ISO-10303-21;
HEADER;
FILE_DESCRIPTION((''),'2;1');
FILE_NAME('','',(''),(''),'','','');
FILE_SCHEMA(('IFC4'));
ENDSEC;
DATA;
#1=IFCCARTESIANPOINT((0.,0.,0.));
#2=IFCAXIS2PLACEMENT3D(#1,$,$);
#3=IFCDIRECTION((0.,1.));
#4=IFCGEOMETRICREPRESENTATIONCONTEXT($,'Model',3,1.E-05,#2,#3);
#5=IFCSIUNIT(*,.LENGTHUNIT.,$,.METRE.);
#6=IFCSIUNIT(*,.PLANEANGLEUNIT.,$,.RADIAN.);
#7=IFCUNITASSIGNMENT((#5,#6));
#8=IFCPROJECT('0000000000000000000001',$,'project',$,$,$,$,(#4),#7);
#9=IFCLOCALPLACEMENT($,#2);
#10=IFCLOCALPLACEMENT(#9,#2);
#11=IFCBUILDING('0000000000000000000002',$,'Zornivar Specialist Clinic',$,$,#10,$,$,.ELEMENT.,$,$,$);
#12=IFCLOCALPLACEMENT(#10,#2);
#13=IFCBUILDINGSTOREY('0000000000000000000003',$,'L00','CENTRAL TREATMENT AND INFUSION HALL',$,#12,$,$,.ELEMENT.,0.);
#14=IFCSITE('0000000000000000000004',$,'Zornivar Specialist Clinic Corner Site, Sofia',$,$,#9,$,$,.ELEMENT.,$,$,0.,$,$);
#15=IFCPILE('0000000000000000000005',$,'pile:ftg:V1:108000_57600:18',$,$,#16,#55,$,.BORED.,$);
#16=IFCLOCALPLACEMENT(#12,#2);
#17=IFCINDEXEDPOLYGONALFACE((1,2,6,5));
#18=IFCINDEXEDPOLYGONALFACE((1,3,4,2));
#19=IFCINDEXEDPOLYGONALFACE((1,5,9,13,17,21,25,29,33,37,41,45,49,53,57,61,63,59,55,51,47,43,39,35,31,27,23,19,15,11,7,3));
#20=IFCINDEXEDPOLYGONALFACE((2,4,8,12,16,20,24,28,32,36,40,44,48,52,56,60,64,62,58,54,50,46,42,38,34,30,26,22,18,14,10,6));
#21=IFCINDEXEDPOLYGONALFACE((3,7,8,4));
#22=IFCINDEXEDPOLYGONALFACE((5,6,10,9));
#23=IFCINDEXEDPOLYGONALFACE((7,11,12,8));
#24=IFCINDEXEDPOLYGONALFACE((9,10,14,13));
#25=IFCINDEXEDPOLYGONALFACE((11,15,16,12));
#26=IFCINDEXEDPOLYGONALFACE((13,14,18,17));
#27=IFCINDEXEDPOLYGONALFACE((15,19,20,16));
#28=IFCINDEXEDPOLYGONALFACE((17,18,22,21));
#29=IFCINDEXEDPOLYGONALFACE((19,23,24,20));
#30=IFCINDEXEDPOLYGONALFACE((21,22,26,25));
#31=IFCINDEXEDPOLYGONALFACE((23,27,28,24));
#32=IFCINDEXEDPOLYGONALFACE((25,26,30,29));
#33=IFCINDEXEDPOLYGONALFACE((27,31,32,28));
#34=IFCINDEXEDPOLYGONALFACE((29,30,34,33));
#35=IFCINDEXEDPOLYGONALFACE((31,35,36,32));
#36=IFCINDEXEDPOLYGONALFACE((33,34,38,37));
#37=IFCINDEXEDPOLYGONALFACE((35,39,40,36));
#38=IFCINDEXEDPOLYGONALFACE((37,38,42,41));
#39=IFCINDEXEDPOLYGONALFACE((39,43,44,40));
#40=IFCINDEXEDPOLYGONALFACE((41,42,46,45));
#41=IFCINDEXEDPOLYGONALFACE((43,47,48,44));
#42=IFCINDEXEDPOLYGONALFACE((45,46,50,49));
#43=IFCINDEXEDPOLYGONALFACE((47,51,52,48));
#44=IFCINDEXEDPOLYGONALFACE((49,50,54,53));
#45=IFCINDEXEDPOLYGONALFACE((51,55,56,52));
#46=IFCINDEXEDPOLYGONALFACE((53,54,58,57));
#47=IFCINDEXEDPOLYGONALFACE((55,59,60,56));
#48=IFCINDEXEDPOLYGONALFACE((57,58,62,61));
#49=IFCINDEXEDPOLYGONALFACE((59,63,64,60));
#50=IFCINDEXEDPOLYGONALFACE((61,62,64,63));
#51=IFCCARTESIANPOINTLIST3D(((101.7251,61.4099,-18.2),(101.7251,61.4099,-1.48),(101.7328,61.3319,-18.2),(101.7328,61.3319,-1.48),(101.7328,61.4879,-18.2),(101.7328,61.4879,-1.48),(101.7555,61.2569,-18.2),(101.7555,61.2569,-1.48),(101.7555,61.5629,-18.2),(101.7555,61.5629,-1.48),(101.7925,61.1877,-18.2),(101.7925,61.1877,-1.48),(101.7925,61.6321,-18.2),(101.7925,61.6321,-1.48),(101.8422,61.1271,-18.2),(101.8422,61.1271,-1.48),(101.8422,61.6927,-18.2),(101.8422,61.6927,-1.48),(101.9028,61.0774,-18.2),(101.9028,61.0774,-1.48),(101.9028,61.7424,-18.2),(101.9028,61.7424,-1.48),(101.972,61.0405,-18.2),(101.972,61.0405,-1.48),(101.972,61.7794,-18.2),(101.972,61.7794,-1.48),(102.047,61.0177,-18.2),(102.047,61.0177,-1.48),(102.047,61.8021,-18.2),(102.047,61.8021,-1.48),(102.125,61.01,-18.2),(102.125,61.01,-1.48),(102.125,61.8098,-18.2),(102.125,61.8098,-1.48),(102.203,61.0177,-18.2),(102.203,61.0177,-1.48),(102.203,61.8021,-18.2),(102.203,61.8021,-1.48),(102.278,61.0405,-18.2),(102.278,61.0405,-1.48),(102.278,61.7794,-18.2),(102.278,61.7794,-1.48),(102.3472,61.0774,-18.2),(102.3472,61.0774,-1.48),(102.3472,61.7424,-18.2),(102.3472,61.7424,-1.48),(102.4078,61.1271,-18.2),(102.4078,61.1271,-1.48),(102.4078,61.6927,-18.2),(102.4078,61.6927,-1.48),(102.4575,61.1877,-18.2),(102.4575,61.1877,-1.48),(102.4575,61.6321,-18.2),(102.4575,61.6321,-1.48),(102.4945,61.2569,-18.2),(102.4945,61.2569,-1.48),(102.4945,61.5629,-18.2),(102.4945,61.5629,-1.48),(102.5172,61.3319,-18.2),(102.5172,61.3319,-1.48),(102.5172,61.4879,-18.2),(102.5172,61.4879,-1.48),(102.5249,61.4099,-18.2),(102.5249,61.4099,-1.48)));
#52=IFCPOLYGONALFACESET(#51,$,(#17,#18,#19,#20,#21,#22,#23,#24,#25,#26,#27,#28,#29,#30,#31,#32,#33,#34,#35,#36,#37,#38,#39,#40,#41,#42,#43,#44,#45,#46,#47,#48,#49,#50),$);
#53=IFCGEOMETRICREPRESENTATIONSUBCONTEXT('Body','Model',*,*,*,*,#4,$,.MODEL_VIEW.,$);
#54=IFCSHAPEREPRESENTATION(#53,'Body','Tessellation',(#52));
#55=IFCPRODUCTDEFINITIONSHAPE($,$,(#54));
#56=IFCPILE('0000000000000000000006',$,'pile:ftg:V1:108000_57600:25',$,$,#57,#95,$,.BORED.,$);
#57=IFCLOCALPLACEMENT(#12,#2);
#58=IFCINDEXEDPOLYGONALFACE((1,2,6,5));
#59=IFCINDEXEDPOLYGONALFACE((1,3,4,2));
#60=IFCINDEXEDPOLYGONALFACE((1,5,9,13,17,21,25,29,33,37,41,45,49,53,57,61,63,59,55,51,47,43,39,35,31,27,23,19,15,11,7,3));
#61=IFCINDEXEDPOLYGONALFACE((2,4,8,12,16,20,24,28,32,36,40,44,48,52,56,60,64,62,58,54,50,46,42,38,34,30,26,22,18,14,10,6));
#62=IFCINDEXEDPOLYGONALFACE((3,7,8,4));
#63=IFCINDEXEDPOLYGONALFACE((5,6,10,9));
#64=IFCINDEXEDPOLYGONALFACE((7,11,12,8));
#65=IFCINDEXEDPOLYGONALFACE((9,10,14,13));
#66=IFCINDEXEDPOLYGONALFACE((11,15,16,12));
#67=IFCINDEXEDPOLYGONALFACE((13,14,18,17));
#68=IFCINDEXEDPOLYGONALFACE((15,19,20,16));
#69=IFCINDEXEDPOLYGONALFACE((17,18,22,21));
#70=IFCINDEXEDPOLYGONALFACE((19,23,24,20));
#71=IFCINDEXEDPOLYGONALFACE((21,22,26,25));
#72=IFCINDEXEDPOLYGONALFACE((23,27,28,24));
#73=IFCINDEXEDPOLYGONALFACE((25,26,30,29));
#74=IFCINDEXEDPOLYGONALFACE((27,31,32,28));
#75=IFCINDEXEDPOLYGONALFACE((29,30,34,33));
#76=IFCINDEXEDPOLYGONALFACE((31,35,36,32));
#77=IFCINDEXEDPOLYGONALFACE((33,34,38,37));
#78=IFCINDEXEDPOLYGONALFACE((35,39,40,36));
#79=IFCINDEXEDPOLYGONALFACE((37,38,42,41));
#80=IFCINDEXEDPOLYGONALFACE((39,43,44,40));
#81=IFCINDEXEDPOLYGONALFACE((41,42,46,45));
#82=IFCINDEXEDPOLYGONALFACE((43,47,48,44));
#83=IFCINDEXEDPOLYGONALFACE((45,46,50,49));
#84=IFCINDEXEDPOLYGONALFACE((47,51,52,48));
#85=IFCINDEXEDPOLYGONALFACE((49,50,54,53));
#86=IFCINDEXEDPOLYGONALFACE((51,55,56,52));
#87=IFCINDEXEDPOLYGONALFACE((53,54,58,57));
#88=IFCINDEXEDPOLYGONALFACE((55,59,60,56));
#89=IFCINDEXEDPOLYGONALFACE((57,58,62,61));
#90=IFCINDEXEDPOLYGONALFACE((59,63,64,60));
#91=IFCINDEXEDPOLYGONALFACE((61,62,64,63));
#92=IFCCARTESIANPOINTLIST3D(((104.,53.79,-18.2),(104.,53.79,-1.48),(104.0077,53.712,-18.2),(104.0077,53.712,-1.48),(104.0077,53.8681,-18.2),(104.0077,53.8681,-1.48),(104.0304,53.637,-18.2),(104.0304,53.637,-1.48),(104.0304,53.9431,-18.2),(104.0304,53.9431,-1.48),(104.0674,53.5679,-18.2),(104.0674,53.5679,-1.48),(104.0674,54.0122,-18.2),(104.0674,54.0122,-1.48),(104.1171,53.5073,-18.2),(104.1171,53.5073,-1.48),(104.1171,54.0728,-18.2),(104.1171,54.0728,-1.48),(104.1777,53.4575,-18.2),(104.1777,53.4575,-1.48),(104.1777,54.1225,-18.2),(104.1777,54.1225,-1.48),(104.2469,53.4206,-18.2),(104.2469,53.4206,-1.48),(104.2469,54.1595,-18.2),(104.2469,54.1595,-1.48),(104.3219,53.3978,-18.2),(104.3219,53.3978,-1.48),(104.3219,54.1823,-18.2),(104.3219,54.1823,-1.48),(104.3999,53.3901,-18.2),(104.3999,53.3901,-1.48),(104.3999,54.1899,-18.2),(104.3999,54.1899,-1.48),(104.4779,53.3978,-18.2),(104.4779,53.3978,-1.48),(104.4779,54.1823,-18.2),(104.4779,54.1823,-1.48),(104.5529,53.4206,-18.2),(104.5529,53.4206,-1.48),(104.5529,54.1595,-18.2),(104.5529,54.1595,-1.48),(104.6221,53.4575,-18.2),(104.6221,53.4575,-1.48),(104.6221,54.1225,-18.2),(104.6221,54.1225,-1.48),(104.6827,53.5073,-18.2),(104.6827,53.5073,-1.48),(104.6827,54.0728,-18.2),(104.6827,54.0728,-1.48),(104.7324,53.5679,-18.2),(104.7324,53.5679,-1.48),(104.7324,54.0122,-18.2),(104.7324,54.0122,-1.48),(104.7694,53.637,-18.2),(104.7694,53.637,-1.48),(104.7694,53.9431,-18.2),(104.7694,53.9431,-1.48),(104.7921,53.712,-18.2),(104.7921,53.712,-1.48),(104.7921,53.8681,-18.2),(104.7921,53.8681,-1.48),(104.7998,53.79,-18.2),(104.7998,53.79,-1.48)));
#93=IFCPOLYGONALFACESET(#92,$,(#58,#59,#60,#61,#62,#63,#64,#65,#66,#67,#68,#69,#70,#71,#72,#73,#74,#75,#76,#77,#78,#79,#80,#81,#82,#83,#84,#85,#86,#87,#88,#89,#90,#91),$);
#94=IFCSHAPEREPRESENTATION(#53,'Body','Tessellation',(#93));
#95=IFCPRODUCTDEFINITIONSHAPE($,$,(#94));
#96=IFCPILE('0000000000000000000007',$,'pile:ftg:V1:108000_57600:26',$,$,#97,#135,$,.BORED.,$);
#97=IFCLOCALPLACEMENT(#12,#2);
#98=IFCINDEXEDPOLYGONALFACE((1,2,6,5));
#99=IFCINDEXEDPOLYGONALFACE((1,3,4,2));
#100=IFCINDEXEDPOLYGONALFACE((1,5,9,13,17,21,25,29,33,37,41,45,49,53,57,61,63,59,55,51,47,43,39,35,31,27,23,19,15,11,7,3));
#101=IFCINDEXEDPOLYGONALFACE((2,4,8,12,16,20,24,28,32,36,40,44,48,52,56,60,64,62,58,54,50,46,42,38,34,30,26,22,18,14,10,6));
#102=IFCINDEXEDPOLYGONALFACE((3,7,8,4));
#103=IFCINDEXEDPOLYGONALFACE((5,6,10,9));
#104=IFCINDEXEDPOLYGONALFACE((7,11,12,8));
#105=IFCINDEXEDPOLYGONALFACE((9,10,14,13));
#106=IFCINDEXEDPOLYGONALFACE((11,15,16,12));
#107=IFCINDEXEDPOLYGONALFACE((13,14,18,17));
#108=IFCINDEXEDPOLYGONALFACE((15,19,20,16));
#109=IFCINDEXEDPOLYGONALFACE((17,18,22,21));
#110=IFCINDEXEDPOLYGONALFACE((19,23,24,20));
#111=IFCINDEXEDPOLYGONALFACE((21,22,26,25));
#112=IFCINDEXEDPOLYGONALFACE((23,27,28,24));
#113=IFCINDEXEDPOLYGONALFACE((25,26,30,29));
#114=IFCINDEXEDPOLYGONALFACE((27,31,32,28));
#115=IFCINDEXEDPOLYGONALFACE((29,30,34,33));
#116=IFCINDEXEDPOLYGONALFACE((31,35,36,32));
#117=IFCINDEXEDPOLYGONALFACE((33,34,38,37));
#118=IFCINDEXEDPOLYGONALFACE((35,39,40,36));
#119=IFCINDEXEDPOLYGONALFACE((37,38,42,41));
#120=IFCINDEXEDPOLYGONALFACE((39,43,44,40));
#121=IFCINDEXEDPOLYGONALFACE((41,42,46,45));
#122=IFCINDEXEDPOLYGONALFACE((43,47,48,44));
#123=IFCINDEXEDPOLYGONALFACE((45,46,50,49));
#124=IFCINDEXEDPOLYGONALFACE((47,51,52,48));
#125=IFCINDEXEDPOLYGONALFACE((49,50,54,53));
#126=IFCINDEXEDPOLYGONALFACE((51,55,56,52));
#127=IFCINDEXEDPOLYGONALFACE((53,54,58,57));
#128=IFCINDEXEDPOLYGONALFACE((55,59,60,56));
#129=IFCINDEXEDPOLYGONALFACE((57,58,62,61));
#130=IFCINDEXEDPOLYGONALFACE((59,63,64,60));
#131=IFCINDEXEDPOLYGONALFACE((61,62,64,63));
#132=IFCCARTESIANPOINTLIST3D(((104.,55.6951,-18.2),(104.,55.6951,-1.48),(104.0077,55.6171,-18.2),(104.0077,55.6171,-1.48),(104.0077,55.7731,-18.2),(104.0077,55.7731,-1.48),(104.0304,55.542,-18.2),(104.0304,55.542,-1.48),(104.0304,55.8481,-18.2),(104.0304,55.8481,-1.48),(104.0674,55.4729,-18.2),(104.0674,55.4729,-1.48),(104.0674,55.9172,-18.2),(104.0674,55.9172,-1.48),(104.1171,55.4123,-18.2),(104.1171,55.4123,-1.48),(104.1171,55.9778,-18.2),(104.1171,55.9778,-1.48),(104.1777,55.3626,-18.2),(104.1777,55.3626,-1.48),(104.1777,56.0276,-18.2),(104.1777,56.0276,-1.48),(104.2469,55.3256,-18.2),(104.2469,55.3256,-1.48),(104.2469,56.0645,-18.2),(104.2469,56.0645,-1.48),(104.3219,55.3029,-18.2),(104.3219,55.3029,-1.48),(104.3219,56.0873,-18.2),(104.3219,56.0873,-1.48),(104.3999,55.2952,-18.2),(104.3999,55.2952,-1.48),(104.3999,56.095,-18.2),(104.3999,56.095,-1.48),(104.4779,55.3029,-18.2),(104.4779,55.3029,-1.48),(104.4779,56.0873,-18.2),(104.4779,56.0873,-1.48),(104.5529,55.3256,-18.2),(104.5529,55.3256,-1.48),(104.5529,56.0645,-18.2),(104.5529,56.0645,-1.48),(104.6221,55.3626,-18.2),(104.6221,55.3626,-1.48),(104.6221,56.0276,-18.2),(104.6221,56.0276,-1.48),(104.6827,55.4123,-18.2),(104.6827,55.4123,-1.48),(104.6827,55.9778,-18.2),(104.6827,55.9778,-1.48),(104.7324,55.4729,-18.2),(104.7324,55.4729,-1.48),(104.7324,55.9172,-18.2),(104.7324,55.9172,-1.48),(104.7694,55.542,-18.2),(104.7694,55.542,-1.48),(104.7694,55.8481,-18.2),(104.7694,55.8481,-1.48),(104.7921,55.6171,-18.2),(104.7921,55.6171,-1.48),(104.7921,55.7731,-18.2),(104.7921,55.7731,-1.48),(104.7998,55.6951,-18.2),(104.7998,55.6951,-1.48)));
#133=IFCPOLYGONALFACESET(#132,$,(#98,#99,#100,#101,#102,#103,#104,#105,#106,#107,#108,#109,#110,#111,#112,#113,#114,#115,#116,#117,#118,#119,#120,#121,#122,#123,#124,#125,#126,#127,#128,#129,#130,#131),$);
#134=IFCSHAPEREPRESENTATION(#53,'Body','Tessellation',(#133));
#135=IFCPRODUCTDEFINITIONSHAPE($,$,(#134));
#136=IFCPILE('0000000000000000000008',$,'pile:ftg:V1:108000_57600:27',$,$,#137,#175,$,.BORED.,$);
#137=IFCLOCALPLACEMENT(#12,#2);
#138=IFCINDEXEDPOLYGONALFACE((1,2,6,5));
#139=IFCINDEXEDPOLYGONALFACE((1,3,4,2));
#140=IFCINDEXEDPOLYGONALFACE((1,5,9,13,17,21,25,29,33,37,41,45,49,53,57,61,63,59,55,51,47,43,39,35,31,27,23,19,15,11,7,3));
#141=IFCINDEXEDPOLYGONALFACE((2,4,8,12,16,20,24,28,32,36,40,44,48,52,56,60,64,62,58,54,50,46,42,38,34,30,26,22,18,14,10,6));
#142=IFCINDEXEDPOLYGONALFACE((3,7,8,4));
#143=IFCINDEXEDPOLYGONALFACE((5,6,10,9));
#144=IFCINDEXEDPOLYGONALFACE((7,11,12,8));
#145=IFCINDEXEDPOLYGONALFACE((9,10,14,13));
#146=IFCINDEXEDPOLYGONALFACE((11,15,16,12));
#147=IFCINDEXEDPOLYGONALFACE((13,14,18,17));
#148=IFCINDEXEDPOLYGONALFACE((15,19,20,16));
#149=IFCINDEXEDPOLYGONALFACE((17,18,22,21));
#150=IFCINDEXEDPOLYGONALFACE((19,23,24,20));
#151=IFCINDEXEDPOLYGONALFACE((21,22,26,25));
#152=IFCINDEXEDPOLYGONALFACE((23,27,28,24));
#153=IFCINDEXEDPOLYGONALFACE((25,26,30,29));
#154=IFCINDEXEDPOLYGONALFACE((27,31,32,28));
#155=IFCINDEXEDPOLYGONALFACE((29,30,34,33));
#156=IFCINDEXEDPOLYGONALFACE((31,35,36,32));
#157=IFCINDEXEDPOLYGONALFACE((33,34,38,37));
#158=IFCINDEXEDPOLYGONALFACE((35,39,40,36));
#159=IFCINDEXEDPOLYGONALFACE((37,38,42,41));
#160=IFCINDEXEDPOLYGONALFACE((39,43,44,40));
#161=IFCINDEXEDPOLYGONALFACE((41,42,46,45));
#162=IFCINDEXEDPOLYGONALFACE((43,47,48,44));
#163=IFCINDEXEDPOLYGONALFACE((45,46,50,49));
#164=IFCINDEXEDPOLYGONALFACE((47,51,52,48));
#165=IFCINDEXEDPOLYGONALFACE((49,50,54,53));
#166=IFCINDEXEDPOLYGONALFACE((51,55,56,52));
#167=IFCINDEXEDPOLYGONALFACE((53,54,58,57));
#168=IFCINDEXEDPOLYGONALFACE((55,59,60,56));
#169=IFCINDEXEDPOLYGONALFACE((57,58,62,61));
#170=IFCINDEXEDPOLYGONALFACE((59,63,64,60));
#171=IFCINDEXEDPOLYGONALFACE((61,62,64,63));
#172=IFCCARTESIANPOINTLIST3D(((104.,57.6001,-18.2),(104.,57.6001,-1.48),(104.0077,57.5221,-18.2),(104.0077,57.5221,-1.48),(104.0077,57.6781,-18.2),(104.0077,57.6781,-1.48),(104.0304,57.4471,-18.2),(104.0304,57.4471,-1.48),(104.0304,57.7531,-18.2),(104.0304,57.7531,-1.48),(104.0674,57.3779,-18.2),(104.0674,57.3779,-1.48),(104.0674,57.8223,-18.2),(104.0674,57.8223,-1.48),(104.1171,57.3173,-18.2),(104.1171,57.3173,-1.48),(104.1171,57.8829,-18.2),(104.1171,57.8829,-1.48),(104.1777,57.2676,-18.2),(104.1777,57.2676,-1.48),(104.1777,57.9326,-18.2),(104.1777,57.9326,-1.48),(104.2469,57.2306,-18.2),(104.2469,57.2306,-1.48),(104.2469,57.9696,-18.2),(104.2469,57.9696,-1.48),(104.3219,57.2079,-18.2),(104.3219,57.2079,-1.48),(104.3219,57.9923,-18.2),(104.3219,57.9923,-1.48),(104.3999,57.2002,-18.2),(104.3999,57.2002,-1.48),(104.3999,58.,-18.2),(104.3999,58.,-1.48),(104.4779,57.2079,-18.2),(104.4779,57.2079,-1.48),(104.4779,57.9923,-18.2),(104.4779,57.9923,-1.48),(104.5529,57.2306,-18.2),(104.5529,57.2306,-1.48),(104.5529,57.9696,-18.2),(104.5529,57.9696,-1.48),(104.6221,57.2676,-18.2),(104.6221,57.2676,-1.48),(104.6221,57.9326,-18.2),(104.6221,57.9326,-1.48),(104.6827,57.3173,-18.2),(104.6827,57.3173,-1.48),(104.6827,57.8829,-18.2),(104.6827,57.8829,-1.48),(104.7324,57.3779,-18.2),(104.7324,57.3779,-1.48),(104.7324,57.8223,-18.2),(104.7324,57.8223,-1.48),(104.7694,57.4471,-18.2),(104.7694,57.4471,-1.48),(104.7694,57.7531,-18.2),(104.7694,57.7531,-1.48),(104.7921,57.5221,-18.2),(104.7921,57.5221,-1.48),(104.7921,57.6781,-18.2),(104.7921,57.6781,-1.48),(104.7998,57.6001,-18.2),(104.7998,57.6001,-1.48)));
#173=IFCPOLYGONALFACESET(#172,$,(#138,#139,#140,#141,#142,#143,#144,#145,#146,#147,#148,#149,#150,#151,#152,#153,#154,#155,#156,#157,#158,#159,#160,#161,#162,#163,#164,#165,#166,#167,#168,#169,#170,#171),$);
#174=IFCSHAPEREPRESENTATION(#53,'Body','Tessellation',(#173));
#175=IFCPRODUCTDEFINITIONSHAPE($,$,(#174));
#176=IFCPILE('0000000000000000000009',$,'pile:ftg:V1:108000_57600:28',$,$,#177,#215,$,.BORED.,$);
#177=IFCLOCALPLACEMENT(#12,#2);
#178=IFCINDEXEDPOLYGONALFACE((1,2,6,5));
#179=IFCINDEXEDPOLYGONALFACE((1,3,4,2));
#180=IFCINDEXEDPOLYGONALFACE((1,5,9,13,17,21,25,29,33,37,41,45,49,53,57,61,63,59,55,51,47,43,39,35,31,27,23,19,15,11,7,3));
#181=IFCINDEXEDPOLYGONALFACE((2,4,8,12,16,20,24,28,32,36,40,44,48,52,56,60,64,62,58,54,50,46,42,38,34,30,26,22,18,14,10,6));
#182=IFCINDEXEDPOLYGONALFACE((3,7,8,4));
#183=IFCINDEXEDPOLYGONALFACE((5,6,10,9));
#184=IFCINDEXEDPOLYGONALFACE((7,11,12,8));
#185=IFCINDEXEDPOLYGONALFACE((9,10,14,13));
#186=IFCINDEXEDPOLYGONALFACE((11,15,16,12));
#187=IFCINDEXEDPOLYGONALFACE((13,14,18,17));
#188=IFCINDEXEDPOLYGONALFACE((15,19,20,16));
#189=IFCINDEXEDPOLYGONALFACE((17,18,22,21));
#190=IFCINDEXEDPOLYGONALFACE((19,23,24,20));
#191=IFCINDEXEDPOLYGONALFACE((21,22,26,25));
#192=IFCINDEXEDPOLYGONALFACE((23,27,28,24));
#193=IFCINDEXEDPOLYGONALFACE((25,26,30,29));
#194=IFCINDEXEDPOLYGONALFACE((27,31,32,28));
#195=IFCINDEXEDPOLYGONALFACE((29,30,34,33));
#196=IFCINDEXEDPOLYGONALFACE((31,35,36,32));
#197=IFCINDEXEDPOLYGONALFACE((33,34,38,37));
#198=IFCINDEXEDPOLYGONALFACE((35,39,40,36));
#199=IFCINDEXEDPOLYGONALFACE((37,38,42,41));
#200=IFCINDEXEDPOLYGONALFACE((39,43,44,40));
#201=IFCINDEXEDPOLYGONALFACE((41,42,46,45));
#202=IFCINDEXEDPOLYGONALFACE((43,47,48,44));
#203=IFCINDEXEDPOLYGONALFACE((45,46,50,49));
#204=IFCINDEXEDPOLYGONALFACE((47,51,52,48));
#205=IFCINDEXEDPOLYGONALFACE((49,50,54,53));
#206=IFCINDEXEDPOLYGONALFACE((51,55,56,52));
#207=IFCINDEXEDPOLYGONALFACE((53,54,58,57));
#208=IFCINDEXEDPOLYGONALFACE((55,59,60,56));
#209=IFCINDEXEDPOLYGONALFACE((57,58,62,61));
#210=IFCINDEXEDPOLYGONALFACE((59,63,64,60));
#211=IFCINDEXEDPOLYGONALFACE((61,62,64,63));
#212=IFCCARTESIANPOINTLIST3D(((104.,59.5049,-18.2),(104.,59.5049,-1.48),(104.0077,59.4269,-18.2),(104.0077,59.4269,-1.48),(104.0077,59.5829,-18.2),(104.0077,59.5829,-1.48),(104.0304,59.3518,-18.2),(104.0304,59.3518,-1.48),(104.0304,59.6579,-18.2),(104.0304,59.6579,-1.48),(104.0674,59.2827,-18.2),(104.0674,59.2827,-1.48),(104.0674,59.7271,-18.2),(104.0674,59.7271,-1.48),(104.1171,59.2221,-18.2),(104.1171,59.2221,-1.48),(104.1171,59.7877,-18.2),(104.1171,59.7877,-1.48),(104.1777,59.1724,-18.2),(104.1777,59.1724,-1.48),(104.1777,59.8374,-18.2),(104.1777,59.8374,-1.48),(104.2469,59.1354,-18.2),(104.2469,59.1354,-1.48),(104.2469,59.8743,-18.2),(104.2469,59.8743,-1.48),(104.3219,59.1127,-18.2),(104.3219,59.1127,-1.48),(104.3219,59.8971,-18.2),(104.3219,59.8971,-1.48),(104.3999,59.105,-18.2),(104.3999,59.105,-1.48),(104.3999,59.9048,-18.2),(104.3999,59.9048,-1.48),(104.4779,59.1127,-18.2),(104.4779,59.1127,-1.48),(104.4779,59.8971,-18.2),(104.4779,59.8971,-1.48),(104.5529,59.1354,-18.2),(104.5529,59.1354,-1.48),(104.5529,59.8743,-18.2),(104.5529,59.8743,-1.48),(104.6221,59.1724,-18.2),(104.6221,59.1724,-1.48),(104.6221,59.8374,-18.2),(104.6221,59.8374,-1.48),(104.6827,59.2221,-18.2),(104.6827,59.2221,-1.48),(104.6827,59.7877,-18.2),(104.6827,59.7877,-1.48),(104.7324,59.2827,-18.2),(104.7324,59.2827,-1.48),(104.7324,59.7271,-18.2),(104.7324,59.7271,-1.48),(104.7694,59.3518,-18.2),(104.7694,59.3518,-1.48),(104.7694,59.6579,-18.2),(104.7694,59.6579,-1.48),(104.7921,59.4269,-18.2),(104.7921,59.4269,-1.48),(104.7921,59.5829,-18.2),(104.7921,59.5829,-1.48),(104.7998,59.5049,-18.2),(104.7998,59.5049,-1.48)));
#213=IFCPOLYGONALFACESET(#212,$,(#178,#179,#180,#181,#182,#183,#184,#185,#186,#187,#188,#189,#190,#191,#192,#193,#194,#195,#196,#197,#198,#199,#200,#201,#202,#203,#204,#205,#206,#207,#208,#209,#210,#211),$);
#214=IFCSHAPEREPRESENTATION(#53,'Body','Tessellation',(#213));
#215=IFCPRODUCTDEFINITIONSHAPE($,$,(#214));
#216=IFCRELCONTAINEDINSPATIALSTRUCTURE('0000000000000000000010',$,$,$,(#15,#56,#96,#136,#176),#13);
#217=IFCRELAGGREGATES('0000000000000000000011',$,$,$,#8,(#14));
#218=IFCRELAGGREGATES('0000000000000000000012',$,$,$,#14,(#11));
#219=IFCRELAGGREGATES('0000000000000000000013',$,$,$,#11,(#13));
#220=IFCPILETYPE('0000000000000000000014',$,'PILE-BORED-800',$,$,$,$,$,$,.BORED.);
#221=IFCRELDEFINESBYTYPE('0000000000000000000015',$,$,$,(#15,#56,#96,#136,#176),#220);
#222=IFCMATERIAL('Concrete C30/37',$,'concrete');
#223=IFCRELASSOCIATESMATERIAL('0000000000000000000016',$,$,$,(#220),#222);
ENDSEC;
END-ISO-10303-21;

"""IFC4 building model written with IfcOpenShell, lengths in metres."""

from ifc_helpers import new_model, si_unit, direction, frame, origin, origin_2d, place, context, subcontext, project, spatial, circle, extrude, material, material_profile, profile_set, type_object, element, save


model = new_model("IFC4")

# Units and contexts
model_context = context("Model", 3, precision=1e-05, world=origin(), true_north=direction((0.0, 1.0)))
body_context = subcontext(model_context, "Body", "Model", "MODEL_VIEW")
ifc_project = project(units=[si_unit("LENGTHUNIT", "METRE"), si_unit("PLANEANGLEUNIT", "RADIAN")], contexts=[model_context])

# Site, building, storey
site_placement = place(None, origin())
site = spatial("IfcSite", under=ifc_project, at=site_placement, Name="Zornivar Specialist Clinic Corner Site, Sofia", CompositionType="ELEMENT", RefElevation=0.0)
building_placement = place(site_placement, origin())
building = spatial("IfcBuilding", under=site, at=building_placement, Name="Zornivar Specialist Clinic", CompositionType="ELEMENT")
storey_placement = place(building_placement, origin())
storey = spatial("IfcBuildingStorey", under=building, at=storey_placement, Name="L00", Description="CENTRAL TREATMENT AND INFUSION HALL", CompositionType="ELEMENT", Elevation=0.0)

# Piles
ifc_material_1 = material(Name="Concrete C30/37", Category="concrete")
ifc_material_profile_1 = material_profile(ifc_material_1, circle(Radius=0.3999, at=origin_2d()), Name="PILE D800")
ifc_profile_set_1 = profile_set([ifc_material_profile_1], Name="Concrete C30/37")
pile_type = type_object("IfcPileType", Name="PILE-BORED-800", PredefinedType="BORED", material=ifc_profile_set_1)
for number, where, z_axis, x_axis, name in (
    (1, (102.125, 61.4099, -1.48), (0.0, 0.0, -1.0), (1.0, 0.0, 0.0), "pile:ftg:V1:108000_57600:18"),
    (2, (104.3999, 53.79, -1.48), (0.0, 0.0, -1.0), (1.0, 0.0, 0.0), "pile:ftg:V1:108000_57600:25"),
    (3, (104.3999, 55.6951, -1.48), (0.0, 0.0, -1.0), (1.0, 0.0, 0.0), "pile:ftg:V1:108000_57600:26"),
    (4, (104.3999, 57.6001, -1.48), (0.0, 0.0, -1.0), (1.0, 0.0, 0.0), "pile:ftg:V1:108000_57600:27"),
    (5, (104.3999, 59.5049, -1.48), (0.0, 0.0, -1.0), (1.0, 0.0, 0.0), "pile:ftg:V1:108000_57600:28"),
):
    element("IfcPile", number, at=place(storey_placement, frame(where, z_axis=z_axis, x_axis=x_axis)), inside=storey, type_object=pile_type, Name=name, PredefinedType="BORED", context=body_context, shape_type="SweptSolid", body=[
        extrude(circle(Radius=0.3999, at=origin_2d()), origin(), (0.0, 0.0, 1.0), 16.72),
    ])

save(model, "model.ifc")
